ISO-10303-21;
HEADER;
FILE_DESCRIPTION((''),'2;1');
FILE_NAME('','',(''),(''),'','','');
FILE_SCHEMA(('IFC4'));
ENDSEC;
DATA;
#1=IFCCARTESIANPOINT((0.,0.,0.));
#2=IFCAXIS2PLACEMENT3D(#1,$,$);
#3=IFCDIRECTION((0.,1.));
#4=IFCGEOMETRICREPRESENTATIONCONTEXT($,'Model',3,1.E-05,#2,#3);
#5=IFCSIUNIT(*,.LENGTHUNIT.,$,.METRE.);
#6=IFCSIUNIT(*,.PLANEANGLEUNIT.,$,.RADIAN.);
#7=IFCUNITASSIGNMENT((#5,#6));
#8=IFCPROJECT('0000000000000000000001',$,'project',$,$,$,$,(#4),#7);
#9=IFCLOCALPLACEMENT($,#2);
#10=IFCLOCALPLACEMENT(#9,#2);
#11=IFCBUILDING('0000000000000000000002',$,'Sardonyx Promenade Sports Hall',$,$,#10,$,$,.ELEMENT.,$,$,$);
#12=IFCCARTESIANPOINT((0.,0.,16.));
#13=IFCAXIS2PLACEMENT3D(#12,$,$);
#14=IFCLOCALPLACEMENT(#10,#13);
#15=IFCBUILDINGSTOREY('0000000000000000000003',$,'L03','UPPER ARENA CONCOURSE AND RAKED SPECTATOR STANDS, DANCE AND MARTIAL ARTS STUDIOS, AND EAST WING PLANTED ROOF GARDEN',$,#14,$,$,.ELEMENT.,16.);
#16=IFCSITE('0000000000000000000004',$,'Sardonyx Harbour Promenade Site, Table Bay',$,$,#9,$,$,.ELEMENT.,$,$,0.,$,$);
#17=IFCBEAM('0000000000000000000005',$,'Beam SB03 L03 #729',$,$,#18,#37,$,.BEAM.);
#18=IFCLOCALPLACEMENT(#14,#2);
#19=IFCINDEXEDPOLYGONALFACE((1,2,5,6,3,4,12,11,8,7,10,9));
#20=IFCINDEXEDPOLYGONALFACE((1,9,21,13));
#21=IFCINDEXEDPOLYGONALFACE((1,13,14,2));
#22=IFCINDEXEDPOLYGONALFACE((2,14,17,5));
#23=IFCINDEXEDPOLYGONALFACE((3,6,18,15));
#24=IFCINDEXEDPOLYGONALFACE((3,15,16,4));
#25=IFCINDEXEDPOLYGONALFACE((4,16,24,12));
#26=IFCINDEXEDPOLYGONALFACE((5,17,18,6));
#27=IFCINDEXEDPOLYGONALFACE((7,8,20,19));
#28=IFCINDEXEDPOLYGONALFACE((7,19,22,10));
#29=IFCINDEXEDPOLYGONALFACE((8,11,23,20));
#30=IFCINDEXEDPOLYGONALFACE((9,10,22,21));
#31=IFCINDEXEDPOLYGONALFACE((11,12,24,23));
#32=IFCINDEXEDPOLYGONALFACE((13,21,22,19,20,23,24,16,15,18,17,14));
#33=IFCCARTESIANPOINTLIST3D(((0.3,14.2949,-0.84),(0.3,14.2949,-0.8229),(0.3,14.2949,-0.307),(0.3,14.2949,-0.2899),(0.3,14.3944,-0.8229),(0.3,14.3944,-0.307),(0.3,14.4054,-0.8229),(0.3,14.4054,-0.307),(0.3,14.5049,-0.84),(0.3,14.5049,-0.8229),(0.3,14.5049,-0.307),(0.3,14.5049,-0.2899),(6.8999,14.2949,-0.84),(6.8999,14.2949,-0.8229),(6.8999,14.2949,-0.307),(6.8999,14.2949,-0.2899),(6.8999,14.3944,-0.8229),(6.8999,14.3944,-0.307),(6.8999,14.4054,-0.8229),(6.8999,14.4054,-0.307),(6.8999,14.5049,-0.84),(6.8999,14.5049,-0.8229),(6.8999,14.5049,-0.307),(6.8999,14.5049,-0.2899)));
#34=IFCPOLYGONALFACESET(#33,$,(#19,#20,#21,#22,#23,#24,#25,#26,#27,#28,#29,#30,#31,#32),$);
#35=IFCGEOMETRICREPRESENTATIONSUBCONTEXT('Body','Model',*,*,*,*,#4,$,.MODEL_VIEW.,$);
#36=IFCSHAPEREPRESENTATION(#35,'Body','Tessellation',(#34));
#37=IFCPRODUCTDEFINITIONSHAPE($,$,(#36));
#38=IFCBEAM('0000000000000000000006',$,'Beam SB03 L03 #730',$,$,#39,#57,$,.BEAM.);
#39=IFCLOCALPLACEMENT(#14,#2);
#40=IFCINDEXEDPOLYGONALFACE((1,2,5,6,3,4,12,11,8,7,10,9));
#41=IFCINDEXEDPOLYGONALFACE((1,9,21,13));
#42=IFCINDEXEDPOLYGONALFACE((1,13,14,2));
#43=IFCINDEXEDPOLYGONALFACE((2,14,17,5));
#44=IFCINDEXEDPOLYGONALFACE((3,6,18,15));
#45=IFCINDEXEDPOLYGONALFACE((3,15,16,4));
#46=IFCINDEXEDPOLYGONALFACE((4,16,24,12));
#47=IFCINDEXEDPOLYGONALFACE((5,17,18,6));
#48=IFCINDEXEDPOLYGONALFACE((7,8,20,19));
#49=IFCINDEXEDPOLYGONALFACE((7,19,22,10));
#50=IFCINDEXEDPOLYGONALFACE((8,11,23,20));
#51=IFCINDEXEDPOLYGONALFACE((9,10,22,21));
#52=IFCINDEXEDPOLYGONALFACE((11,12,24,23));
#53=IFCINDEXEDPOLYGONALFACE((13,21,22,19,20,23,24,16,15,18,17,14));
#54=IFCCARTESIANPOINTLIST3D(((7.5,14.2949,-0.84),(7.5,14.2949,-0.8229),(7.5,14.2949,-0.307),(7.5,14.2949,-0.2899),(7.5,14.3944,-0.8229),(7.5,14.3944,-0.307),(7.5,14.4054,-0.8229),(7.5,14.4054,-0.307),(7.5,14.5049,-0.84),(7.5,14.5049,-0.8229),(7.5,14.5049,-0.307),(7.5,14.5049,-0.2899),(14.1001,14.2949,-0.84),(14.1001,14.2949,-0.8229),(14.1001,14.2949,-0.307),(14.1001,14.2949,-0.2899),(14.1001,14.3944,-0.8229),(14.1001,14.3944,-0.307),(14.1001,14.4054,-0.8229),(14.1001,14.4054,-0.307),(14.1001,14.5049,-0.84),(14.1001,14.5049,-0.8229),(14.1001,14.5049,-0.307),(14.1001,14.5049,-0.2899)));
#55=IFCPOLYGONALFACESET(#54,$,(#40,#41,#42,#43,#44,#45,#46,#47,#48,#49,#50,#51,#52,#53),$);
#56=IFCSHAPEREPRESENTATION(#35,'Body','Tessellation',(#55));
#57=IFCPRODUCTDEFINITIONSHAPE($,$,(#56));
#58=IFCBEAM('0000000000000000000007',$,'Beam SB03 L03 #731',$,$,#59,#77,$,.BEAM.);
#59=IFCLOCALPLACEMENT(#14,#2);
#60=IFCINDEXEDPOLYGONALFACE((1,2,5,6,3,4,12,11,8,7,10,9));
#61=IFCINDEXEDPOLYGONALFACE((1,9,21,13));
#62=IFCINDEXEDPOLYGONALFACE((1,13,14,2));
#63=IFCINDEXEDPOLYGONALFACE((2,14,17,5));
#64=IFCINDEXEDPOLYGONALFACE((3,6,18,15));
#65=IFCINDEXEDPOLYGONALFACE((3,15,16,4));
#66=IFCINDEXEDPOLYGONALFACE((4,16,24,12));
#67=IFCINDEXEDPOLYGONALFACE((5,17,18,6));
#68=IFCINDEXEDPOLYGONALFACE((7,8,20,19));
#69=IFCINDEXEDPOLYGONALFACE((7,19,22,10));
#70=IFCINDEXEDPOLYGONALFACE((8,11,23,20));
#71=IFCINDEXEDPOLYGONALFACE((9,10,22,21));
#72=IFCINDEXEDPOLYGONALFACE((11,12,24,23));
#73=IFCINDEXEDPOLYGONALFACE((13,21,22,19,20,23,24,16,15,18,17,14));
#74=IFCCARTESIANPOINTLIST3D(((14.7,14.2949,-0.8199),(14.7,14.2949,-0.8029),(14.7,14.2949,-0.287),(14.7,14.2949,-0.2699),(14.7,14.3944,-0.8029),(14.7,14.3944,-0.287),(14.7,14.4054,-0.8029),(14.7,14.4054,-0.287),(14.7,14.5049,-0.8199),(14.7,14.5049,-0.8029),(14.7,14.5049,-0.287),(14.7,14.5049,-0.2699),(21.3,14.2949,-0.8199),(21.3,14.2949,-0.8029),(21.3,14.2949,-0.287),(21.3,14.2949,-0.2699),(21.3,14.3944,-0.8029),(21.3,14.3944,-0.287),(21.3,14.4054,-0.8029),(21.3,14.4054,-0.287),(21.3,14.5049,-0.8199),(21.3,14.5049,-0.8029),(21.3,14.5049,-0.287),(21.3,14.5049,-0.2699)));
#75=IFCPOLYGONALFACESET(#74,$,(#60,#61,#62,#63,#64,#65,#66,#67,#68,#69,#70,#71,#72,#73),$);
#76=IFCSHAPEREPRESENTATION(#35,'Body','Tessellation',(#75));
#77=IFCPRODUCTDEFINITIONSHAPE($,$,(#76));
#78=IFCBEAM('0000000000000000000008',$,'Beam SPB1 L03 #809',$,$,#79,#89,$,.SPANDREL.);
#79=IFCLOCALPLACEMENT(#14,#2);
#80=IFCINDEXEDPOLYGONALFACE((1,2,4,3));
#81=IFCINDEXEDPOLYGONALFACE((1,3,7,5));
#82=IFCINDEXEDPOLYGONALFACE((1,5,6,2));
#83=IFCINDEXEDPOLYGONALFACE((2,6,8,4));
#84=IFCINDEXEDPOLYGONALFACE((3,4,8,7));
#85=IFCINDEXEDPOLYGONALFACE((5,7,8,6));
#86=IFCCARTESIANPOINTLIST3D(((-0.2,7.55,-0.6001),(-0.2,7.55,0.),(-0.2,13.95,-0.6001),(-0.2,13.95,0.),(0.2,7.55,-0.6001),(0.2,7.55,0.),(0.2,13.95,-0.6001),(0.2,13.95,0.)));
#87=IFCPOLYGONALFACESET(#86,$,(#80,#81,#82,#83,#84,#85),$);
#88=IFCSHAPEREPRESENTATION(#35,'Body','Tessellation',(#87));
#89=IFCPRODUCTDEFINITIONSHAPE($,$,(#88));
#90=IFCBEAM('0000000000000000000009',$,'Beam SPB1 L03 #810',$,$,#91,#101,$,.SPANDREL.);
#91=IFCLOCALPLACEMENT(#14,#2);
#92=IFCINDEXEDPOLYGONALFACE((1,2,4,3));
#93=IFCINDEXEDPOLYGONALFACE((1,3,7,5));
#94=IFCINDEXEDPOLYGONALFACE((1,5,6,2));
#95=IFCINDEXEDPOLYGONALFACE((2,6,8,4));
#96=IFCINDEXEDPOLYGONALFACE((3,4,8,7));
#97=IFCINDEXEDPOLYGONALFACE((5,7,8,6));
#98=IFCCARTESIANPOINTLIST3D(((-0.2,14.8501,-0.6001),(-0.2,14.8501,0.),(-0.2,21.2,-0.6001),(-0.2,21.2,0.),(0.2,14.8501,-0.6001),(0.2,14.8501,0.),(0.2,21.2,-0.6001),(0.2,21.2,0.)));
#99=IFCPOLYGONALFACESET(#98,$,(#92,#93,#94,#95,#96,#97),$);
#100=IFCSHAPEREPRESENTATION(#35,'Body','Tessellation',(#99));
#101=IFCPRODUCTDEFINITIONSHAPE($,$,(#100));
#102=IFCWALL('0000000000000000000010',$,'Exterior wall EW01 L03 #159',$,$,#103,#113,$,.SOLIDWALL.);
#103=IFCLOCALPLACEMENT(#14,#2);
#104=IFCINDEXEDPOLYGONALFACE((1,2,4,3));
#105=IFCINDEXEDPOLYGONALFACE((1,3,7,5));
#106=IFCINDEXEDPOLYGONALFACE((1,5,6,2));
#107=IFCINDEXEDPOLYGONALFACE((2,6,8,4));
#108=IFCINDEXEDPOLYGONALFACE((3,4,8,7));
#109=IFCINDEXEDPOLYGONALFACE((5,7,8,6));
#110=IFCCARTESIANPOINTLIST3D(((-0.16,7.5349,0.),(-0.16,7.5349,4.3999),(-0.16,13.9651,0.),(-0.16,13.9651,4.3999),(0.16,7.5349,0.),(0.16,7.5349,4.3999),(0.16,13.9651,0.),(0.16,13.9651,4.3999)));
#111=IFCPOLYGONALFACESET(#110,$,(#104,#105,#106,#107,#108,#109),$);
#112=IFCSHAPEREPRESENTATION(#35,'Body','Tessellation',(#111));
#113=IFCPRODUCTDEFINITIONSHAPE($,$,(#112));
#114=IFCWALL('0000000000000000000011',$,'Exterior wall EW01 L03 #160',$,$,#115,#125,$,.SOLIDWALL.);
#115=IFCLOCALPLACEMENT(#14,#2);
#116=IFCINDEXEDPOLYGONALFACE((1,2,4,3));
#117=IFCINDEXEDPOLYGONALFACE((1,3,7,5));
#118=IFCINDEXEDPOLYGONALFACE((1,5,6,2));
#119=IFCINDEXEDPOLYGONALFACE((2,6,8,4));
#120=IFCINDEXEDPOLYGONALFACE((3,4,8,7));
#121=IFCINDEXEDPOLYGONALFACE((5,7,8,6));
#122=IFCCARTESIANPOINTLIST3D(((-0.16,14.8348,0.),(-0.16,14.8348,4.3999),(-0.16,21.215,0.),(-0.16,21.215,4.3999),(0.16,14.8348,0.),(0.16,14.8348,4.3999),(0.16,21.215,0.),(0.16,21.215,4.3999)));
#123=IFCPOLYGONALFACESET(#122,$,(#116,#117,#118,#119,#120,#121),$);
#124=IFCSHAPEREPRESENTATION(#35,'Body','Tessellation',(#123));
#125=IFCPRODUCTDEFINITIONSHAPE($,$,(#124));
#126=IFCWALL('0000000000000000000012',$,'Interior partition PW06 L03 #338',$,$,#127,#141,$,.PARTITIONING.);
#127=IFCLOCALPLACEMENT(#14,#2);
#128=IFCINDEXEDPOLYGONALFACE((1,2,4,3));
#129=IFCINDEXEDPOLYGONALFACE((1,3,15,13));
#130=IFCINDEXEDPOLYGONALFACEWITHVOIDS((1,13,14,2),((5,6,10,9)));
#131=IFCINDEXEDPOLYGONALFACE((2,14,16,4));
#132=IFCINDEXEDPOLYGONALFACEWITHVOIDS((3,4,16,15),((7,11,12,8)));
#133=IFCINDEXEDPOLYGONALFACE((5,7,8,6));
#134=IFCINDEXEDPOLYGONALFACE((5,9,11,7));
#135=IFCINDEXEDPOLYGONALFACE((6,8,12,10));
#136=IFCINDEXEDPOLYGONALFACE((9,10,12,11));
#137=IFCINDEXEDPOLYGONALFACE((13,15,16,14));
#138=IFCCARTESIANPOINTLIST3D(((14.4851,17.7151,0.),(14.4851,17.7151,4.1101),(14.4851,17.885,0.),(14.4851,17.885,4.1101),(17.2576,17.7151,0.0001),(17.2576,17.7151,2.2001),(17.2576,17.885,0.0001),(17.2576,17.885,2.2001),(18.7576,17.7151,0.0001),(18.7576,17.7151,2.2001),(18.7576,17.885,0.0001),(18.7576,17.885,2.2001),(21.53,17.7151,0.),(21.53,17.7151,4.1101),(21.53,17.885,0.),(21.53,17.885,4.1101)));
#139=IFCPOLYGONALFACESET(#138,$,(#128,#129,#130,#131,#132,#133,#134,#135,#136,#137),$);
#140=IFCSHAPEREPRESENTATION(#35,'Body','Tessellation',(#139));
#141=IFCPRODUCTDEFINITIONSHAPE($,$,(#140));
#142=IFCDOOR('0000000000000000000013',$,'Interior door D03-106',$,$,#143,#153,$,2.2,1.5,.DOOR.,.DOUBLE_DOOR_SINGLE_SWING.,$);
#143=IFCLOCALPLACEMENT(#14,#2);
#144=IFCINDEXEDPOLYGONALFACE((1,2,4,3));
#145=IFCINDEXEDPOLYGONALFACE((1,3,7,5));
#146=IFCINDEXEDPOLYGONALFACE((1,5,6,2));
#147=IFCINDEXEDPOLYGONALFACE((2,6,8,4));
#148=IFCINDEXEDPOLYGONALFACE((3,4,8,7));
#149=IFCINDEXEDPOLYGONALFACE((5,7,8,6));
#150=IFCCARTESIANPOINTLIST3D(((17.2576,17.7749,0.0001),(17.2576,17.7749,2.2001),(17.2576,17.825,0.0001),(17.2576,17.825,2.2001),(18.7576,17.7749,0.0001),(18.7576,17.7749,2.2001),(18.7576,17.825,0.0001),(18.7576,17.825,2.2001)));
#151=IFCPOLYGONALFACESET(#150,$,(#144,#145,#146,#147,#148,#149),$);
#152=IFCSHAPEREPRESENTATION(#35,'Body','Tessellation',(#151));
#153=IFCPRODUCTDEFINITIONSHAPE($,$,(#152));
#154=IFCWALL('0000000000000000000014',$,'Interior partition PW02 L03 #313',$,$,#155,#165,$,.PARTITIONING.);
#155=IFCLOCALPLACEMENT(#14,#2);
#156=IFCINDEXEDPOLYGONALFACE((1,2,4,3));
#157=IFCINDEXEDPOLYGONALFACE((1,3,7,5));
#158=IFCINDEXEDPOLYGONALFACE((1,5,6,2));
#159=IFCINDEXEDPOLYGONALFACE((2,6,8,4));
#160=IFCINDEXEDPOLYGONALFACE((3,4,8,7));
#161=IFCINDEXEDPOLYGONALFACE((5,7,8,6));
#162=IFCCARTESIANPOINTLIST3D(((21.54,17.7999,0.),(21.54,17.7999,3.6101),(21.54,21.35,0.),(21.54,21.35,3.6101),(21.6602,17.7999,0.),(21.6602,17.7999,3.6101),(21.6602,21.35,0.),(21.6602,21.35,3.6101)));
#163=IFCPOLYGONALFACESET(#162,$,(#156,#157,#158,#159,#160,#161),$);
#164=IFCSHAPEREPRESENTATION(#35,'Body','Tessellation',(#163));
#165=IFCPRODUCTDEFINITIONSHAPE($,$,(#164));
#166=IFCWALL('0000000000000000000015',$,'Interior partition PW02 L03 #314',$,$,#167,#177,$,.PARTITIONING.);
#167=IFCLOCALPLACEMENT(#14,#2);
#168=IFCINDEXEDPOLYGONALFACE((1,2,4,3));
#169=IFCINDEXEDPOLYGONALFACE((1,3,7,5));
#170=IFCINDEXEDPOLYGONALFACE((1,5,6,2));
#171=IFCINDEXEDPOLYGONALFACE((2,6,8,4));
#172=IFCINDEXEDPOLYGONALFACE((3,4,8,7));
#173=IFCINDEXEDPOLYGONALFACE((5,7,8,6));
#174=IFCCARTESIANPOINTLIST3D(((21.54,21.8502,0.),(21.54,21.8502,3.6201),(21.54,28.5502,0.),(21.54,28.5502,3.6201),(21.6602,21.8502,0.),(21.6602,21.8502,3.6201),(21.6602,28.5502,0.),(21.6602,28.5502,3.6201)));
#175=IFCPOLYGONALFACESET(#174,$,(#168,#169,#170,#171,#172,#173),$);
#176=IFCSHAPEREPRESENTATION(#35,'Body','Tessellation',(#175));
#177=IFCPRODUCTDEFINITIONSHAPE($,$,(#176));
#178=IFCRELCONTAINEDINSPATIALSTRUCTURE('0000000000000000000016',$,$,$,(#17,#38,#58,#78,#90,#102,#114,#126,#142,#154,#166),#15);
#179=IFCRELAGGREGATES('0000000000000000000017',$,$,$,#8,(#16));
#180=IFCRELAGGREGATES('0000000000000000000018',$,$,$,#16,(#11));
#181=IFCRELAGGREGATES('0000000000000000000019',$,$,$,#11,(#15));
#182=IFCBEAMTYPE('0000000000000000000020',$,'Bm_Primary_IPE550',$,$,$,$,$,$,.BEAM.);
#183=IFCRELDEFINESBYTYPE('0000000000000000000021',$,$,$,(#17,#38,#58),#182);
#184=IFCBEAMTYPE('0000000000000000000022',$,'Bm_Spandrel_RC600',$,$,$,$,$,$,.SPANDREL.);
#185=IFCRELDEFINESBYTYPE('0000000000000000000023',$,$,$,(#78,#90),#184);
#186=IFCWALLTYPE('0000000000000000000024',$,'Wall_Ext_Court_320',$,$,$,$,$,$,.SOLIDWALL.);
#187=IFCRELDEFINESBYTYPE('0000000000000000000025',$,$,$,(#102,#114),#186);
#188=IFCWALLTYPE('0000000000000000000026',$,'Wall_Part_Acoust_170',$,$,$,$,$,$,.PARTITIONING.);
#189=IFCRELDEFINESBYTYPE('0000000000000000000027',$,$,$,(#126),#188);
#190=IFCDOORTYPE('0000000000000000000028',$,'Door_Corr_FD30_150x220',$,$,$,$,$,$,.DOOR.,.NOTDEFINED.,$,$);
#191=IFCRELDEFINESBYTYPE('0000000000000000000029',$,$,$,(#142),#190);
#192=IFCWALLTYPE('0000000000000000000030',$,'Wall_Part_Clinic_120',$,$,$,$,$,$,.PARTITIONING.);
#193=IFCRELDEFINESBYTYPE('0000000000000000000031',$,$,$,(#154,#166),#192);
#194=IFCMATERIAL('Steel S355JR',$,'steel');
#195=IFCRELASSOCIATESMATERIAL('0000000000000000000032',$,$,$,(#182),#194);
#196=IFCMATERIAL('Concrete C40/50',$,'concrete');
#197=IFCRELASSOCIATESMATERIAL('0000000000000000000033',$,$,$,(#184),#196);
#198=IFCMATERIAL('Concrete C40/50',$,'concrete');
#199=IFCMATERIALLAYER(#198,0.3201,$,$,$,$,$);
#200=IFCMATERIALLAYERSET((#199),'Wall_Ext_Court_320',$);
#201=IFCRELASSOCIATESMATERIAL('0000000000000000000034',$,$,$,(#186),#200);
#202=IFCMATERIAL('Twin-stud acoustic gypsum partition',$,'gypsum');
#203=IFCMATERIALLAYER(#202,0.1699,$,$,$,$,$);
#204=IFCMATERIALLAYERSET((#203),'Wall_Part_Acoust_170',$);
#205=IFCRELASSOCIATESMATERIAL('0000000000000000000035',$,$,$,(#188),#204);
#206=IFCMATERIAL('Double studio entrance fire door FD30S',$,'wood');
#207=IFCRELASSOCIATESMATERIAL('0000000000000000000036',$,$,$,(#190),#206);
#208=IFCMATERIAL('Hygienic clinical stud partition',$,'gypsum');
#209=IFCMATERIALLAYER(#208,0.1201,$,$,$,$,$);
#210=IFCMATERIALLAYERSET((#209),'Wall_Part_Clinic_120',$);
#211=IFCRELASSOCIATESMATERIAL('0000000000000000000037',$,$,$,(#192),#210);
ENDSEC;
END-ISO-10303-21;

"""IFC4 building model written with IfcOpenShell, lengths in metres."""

from ifc_helpers import new_model, si_unit, direction, frame, frame_2d, origin, origin_2d, place, context, subcontext, project, spatial, rectangle, i_section, extrude, material, layer, layer_set, material_profile, profile_set, type_object, element, fill, save


model = new_model("IFC4")

# Units and contexts
model_context = context("Model", 3, precision=1e-05, world=origin(), true_north=direction((0.0, 1.0)))
body_context = subcontext(model_context, "Body", "Model", "MODEL_VIEW")
ifc_project = project(units=[si_unit("LENGTHUNIT", "METRE"), si_unit("PLANEANGLEUNIT", "RADIAN")], contexts=[model_context])

# Site, building, storey
site_placement = place(None, origin())
site = spatial("IfcSite", under=ifc_project, at=site_placement, Name="Sardonyx Harbour Promenade Site, Table Bay", CompositionType="ELEMENT", RefElevation=0.0)
building_placement = place(site_placement, origin())
building = spatial("IfcBuilding", under=site, at=building_placement, Name="Sardonyx Promenade Sports Hall", CompositionType="ELEMENT")
storey_placement = place(building_placement, frame((0.0, 0.0, 16.0)))
storey = spatial("IfcBuildingStorey", under=building, at=storey_placement, Name="L03", Description="UPPER ARENA CONCOURSE AND RAKED SPECTATOR STANDS, DANCE AND MARTIAL ARTS STUDIOS, AND EAST WING PLANTED ROOF GARDEN", CompositionType="ELEMENT", Elevation=16.0)

# Beams
ifc_material_1 = material(Name="Steel S355JR", Category="steel")
ifc_material_profile_1 = material_profile(ifc_material_1, i_section(OverallWidth=0.21, OverallDepth=0.55, WebThickness=0.011, FlangeThickness=0.0171, at=origin_2d()))
ifc_profile_set_1 = profile_set([ifc_material_profile_1], Name="Steel S355JR")
beam_type_1 = type_object("IfcBeamType", Name="Bm_Primary_IPE550", PredefinedType="BEAM", material=ifc_profile_set_1)
beam_1_placement = place(storey_placement, frame((0.3, 14.3999, -0.5649), z_axis=(1.0, 0.0, 0.0), x_axis=(0.0, 1.0, 0.0)))
element("IfcBeam", 1, at=beam_1_placement, inside=storey, type_object=beam_type_1, Name="Beam SB03 L03 #729", PredefinedType="BEAM", context=body_context, shape_type="SweptSolid", body=[
    extrude(i_section(OverallWidth=0.21, OverallDepth=0.55, WebThickness=0.011, FlangeThickness=0.0171, at=origin_2d()), origin(), (0.0, 0.0, 1.0), 6.5999),
])
for number, where, z_axis, x_axis, name in (
    (2, (7.5, 14.3999, -0.5649), (1.0, 0.0, 0.0), (0.0, 1.0, 0.0), "Beam SB03 L03 #730"),
    (3, (14.7, 14.3999, -0.5449), (1.0, 0.0, 0.0), (0.0, 1.0, 0.0), "Beam SB03 L03 #731"),
):
    element("IfcBeam", number, at=place(storey_placement, frame(where, z_axis=z_axis, x_axis=x_axis)), inside=storey, type_object=beam_type_1, Name=name, PredefinedType="BEAM", context=body_context, shape_type="SweptSolid", body=[
        extrude(i_section(OverallWidth=0.21, OverallDepth=0.55, WebThickness=0.011, FlangeThickness=0.0171, at=origin_2d()), origin(), (0.0, 0.0, 1.0), 6.6001),
    ])
ifc_material_2 = material(Name="Concrete C40/50", Category="concrete")
ifc_material_profile_2 = material_profile(ifc_material_2, rectangle(XDim=0.3999, YDim=0.6001, at=origin_2d()))
ifc_profile_set_2 = profile_set([ifc_material_profile_2], Name="Concrete C40/50")
beam_type_2 = type_object("IfcBeamType", Name="Bm_Spandrel_RC600", PredefinedType="SPANDREL", material=ifc_profile_set_2)
beam_2_placement = place(storey_placement, frame((0.0, 7.55, -0.3), z_axis=(0.0, 1.0, 0.0), x_axis=(-1.0, 0.0, 0.0)))
element("IfcBeam", 4, at=beam_2_placement, inside=storey, type_object=beam_type_2, Name="Beam SPB1 L03 #809", PredefinedType="SPANDREL", context=body_context, shape_type="SweptSolid", body=[
    extrude(rectangle(XDim=0.3999, YDim=0.6001, at=origin_2d()), origin(), (0.0, 0.0, 1.0), 6.3999),
])
beam_3_placement = place(storey_placement, frame((0.0, 14.8501, -0.3), z_axis=(0.0, 1.0, 0.0), x_axis=(-1.0, 0.0, 0.0)))
element("IfcBeam", 5, at=beam_3_placement, inside=storey, type_object=beam_type_2, Name="Beam SPB1 L03 #810", PredefinedType="SPANDREL", context=body_context, shape_type="SweptSolid", body=[
    extrude(rectangle(XDim=0.3999, YDim=0.6001, at=origin_2d()), origin(), (0.0, 0.0, 1.0), 6.3499),
])

# Walls
ifc_material_3 = material(Name="Concrete C40/50", Category="concrete")
ifc_layer_1 = layer(ifc_material_3, 0.3201)
ifc_layer_set_1 = layer_set([ifc_layer_1], Name="Wall_Ext_Court_320")
wall_type_1 = type_object("IfcWallType", Name="Wall_Ext_Court_320", PredefinedType="SOLIDWALL", material=ifc_layer_set_1)
wall_1_placement = place(storey_placement, frame((0.0, 7.5349, 0.0), z_axis=(0.0, 0.0, 1.0), x_axis=(0.0, 1.0, 0.0)))
element("IfcWall", 6, at=wall_1_placement, inside=storey, type_object=wall_type_1, Name="Exterior wall EW01 L03 #159", PredefinedType="SOLIDWALL", context=body_context, shape_type="SweptSolid", body=[
    extrude(rectangle(XDim=6.4302, YDim=0.3201, at=frame_2d((3.2151, 0.0))), origin(), (0.0, 0.0, 1.0), 4.3999),
])
wall_2_placement = place(storey_placement, frame((0.0, 14.835, 0.0), z_axis=(0.0, 0.0, 1.0), x_axis=(0.0, 1.0, 0.0)))
element("IfcWall", 7, at=wall_2_placement, inside=storey, type_object=wall_type_1, Name="Exterior wall EW01 L03 #160", PredefinedType="SOLIDWALL", context=body_context, shape_type="SweptSolid", body=[
    extrude(rectangle(XDim=6.3801, YDim=0.3201, at=frame_2d((3.1899, 0.0))), origin(), (0.0, 0.0, 1.0), 4.3999),
])

# Wall, opening, door
ifc_material_4 = material(Name="Twin-stud acoustic gypsum partition", Category="gypsum")
ifc_layer_2 = layer(ifc_material_4, 0.1699)
ifc_layer_set_2 = layer_set([ifc_layer_2], Name="Wall_Part_Acoust_170")
wall_type_2 = type_object("IfcWallType", Name="Wall_Part_Acoust_170", PredefinedType="PARTITIONING", material=ifc_layer_set_2)
wall_3_placement = place(storey_placement, frame((14.4851, 17.8, 0.0), z_axis=(0.0, 0.0, 1.0), x_axis=(1.0, 0.0, 0.0)))
wall_3 = element("IfcWall", 8, at=wall_3_placement, inside=storey, type_object=wall_type_2, Name="Interior partition PW06 L03 #338", PredefinedType="PARTITIONING", context=body_context, shape_type="SweptSolid", body=[
    extrude(rectangle(XDim=7.0449, YDim=0.1699, at=frame_2d((3.5225, 0.0))), origin(), (0.0, 0.0, 1.0), 4.1101),
])
opening_1_placement = place(wall_3_placement, frame((2.7725, 0.0, 0.0)))
opening_1 = element("IfcOpeningElement", 9, at=opening_1_placement, cuts=wall_3, PredefinedType="OPENING", context=body_context, shape_type="SweptSolid", body=[
    extrude(rectangle(XDim=1.5, YDim=2.2, at=frame_2d((0.75, 1.1001))), frame((0.0, 0.095, 0.0), z_axis=(0.0, -1.0, 0.0), x_axis=(1.0, 0.0, 0.0)), (0.0, 0.0, 1.0), 0.19),
])
ifc_material_5 = material(Name="Double studio entrance fire door FD30S", Category="wood")
door_type = type_object("IfcDoorType", Name="Door_Corr_FD30_150x220", OperationType="NOTDEFINED", PredefinedType="DOOR", material=ifc_material_5)
door_1_placement = place(opening_1_placement, origin())
door_1 = element("IfcDoor", 10, at=door_1_placement, inside=storey, type_object=door_type, Name="Interior door D03-106", OperationType="DOUBLE_DOOR_SINGLE_SWING", OverallHeight=2.2, OverallWidth=1.5, PredefinedType="DOOR", context=body_context, shape_type="SweptSolid", body=[
    extrude(rectangle(XDim=1.5, YDim=2.2, at=frame_2d((0.75, 1.1001))), frame((0.0, 0.0249, 0.0), z_axis=(0.0, -1.0, 0.0), x_axis=(1.0, 0.0, 0.0)), (0.0, 0.0, 1.0), 0.05),
])
fill(opening_1, door_1)

# Walls
ifc_material_6 = material(Name="Hygienic clinical stud partition", Category="gypsum")
ifc_layer_3 = layer(ifc_material_6, 0.1201)
ifc_layer_set_3 = layer_set([ifc_layer_3], Name="Wall_Part_Clinic_120")
wall_type_3 = type_object("IfcWallType", Name="Wall_Part_Clinic_120", PredefinedType="PARTITIONING", material=ifc_layer_set_3)
wall_4_placement = place(storey_placement, frame((21.6001, 17.8, 0.0), z_axis=(0.0, 0.0, 1.0), x_axis=(0.0, 1.0, 0.0)))
element("IfcWall", 11, at=wall_4_placement, inside=storey, type_object=wall_type_3, Name="Interior partition PW02 L03 #313", PredefinedType="PARTITIONING", context=body_context, shape_type="SweptSolid", body=[
    extrude(rectangle(XDim=3.55, YDim=0.1201, at=frame_2d((1.7749, 0.0))), origin(), (0.0, 0.0, 1.0), 3.6101),
])
wall_5_placement = place(storey_placement, frame((21.6001, 21.8501, 0.0), z_axis=(0.0, 0.0, 1.0), x_axis=(0.0, 1.0, 0.0)))
element("IfcWall", 12, at=wall_5_placement, inside=storey, type_object=wall_type_3, Name="Interior partition PW02 L03 #314", PredefinedType="PARTITIONING", context=body_context, shape_type="SweptSolid", body=[
    extrude(rectangle(XDim=6.7, YDim=0.1201, at=frame_2d((3.3501, 0.0))), origin(), (0.0, 0.0, 1.0), 3.6201),
])

save(model, "model.ifc")
